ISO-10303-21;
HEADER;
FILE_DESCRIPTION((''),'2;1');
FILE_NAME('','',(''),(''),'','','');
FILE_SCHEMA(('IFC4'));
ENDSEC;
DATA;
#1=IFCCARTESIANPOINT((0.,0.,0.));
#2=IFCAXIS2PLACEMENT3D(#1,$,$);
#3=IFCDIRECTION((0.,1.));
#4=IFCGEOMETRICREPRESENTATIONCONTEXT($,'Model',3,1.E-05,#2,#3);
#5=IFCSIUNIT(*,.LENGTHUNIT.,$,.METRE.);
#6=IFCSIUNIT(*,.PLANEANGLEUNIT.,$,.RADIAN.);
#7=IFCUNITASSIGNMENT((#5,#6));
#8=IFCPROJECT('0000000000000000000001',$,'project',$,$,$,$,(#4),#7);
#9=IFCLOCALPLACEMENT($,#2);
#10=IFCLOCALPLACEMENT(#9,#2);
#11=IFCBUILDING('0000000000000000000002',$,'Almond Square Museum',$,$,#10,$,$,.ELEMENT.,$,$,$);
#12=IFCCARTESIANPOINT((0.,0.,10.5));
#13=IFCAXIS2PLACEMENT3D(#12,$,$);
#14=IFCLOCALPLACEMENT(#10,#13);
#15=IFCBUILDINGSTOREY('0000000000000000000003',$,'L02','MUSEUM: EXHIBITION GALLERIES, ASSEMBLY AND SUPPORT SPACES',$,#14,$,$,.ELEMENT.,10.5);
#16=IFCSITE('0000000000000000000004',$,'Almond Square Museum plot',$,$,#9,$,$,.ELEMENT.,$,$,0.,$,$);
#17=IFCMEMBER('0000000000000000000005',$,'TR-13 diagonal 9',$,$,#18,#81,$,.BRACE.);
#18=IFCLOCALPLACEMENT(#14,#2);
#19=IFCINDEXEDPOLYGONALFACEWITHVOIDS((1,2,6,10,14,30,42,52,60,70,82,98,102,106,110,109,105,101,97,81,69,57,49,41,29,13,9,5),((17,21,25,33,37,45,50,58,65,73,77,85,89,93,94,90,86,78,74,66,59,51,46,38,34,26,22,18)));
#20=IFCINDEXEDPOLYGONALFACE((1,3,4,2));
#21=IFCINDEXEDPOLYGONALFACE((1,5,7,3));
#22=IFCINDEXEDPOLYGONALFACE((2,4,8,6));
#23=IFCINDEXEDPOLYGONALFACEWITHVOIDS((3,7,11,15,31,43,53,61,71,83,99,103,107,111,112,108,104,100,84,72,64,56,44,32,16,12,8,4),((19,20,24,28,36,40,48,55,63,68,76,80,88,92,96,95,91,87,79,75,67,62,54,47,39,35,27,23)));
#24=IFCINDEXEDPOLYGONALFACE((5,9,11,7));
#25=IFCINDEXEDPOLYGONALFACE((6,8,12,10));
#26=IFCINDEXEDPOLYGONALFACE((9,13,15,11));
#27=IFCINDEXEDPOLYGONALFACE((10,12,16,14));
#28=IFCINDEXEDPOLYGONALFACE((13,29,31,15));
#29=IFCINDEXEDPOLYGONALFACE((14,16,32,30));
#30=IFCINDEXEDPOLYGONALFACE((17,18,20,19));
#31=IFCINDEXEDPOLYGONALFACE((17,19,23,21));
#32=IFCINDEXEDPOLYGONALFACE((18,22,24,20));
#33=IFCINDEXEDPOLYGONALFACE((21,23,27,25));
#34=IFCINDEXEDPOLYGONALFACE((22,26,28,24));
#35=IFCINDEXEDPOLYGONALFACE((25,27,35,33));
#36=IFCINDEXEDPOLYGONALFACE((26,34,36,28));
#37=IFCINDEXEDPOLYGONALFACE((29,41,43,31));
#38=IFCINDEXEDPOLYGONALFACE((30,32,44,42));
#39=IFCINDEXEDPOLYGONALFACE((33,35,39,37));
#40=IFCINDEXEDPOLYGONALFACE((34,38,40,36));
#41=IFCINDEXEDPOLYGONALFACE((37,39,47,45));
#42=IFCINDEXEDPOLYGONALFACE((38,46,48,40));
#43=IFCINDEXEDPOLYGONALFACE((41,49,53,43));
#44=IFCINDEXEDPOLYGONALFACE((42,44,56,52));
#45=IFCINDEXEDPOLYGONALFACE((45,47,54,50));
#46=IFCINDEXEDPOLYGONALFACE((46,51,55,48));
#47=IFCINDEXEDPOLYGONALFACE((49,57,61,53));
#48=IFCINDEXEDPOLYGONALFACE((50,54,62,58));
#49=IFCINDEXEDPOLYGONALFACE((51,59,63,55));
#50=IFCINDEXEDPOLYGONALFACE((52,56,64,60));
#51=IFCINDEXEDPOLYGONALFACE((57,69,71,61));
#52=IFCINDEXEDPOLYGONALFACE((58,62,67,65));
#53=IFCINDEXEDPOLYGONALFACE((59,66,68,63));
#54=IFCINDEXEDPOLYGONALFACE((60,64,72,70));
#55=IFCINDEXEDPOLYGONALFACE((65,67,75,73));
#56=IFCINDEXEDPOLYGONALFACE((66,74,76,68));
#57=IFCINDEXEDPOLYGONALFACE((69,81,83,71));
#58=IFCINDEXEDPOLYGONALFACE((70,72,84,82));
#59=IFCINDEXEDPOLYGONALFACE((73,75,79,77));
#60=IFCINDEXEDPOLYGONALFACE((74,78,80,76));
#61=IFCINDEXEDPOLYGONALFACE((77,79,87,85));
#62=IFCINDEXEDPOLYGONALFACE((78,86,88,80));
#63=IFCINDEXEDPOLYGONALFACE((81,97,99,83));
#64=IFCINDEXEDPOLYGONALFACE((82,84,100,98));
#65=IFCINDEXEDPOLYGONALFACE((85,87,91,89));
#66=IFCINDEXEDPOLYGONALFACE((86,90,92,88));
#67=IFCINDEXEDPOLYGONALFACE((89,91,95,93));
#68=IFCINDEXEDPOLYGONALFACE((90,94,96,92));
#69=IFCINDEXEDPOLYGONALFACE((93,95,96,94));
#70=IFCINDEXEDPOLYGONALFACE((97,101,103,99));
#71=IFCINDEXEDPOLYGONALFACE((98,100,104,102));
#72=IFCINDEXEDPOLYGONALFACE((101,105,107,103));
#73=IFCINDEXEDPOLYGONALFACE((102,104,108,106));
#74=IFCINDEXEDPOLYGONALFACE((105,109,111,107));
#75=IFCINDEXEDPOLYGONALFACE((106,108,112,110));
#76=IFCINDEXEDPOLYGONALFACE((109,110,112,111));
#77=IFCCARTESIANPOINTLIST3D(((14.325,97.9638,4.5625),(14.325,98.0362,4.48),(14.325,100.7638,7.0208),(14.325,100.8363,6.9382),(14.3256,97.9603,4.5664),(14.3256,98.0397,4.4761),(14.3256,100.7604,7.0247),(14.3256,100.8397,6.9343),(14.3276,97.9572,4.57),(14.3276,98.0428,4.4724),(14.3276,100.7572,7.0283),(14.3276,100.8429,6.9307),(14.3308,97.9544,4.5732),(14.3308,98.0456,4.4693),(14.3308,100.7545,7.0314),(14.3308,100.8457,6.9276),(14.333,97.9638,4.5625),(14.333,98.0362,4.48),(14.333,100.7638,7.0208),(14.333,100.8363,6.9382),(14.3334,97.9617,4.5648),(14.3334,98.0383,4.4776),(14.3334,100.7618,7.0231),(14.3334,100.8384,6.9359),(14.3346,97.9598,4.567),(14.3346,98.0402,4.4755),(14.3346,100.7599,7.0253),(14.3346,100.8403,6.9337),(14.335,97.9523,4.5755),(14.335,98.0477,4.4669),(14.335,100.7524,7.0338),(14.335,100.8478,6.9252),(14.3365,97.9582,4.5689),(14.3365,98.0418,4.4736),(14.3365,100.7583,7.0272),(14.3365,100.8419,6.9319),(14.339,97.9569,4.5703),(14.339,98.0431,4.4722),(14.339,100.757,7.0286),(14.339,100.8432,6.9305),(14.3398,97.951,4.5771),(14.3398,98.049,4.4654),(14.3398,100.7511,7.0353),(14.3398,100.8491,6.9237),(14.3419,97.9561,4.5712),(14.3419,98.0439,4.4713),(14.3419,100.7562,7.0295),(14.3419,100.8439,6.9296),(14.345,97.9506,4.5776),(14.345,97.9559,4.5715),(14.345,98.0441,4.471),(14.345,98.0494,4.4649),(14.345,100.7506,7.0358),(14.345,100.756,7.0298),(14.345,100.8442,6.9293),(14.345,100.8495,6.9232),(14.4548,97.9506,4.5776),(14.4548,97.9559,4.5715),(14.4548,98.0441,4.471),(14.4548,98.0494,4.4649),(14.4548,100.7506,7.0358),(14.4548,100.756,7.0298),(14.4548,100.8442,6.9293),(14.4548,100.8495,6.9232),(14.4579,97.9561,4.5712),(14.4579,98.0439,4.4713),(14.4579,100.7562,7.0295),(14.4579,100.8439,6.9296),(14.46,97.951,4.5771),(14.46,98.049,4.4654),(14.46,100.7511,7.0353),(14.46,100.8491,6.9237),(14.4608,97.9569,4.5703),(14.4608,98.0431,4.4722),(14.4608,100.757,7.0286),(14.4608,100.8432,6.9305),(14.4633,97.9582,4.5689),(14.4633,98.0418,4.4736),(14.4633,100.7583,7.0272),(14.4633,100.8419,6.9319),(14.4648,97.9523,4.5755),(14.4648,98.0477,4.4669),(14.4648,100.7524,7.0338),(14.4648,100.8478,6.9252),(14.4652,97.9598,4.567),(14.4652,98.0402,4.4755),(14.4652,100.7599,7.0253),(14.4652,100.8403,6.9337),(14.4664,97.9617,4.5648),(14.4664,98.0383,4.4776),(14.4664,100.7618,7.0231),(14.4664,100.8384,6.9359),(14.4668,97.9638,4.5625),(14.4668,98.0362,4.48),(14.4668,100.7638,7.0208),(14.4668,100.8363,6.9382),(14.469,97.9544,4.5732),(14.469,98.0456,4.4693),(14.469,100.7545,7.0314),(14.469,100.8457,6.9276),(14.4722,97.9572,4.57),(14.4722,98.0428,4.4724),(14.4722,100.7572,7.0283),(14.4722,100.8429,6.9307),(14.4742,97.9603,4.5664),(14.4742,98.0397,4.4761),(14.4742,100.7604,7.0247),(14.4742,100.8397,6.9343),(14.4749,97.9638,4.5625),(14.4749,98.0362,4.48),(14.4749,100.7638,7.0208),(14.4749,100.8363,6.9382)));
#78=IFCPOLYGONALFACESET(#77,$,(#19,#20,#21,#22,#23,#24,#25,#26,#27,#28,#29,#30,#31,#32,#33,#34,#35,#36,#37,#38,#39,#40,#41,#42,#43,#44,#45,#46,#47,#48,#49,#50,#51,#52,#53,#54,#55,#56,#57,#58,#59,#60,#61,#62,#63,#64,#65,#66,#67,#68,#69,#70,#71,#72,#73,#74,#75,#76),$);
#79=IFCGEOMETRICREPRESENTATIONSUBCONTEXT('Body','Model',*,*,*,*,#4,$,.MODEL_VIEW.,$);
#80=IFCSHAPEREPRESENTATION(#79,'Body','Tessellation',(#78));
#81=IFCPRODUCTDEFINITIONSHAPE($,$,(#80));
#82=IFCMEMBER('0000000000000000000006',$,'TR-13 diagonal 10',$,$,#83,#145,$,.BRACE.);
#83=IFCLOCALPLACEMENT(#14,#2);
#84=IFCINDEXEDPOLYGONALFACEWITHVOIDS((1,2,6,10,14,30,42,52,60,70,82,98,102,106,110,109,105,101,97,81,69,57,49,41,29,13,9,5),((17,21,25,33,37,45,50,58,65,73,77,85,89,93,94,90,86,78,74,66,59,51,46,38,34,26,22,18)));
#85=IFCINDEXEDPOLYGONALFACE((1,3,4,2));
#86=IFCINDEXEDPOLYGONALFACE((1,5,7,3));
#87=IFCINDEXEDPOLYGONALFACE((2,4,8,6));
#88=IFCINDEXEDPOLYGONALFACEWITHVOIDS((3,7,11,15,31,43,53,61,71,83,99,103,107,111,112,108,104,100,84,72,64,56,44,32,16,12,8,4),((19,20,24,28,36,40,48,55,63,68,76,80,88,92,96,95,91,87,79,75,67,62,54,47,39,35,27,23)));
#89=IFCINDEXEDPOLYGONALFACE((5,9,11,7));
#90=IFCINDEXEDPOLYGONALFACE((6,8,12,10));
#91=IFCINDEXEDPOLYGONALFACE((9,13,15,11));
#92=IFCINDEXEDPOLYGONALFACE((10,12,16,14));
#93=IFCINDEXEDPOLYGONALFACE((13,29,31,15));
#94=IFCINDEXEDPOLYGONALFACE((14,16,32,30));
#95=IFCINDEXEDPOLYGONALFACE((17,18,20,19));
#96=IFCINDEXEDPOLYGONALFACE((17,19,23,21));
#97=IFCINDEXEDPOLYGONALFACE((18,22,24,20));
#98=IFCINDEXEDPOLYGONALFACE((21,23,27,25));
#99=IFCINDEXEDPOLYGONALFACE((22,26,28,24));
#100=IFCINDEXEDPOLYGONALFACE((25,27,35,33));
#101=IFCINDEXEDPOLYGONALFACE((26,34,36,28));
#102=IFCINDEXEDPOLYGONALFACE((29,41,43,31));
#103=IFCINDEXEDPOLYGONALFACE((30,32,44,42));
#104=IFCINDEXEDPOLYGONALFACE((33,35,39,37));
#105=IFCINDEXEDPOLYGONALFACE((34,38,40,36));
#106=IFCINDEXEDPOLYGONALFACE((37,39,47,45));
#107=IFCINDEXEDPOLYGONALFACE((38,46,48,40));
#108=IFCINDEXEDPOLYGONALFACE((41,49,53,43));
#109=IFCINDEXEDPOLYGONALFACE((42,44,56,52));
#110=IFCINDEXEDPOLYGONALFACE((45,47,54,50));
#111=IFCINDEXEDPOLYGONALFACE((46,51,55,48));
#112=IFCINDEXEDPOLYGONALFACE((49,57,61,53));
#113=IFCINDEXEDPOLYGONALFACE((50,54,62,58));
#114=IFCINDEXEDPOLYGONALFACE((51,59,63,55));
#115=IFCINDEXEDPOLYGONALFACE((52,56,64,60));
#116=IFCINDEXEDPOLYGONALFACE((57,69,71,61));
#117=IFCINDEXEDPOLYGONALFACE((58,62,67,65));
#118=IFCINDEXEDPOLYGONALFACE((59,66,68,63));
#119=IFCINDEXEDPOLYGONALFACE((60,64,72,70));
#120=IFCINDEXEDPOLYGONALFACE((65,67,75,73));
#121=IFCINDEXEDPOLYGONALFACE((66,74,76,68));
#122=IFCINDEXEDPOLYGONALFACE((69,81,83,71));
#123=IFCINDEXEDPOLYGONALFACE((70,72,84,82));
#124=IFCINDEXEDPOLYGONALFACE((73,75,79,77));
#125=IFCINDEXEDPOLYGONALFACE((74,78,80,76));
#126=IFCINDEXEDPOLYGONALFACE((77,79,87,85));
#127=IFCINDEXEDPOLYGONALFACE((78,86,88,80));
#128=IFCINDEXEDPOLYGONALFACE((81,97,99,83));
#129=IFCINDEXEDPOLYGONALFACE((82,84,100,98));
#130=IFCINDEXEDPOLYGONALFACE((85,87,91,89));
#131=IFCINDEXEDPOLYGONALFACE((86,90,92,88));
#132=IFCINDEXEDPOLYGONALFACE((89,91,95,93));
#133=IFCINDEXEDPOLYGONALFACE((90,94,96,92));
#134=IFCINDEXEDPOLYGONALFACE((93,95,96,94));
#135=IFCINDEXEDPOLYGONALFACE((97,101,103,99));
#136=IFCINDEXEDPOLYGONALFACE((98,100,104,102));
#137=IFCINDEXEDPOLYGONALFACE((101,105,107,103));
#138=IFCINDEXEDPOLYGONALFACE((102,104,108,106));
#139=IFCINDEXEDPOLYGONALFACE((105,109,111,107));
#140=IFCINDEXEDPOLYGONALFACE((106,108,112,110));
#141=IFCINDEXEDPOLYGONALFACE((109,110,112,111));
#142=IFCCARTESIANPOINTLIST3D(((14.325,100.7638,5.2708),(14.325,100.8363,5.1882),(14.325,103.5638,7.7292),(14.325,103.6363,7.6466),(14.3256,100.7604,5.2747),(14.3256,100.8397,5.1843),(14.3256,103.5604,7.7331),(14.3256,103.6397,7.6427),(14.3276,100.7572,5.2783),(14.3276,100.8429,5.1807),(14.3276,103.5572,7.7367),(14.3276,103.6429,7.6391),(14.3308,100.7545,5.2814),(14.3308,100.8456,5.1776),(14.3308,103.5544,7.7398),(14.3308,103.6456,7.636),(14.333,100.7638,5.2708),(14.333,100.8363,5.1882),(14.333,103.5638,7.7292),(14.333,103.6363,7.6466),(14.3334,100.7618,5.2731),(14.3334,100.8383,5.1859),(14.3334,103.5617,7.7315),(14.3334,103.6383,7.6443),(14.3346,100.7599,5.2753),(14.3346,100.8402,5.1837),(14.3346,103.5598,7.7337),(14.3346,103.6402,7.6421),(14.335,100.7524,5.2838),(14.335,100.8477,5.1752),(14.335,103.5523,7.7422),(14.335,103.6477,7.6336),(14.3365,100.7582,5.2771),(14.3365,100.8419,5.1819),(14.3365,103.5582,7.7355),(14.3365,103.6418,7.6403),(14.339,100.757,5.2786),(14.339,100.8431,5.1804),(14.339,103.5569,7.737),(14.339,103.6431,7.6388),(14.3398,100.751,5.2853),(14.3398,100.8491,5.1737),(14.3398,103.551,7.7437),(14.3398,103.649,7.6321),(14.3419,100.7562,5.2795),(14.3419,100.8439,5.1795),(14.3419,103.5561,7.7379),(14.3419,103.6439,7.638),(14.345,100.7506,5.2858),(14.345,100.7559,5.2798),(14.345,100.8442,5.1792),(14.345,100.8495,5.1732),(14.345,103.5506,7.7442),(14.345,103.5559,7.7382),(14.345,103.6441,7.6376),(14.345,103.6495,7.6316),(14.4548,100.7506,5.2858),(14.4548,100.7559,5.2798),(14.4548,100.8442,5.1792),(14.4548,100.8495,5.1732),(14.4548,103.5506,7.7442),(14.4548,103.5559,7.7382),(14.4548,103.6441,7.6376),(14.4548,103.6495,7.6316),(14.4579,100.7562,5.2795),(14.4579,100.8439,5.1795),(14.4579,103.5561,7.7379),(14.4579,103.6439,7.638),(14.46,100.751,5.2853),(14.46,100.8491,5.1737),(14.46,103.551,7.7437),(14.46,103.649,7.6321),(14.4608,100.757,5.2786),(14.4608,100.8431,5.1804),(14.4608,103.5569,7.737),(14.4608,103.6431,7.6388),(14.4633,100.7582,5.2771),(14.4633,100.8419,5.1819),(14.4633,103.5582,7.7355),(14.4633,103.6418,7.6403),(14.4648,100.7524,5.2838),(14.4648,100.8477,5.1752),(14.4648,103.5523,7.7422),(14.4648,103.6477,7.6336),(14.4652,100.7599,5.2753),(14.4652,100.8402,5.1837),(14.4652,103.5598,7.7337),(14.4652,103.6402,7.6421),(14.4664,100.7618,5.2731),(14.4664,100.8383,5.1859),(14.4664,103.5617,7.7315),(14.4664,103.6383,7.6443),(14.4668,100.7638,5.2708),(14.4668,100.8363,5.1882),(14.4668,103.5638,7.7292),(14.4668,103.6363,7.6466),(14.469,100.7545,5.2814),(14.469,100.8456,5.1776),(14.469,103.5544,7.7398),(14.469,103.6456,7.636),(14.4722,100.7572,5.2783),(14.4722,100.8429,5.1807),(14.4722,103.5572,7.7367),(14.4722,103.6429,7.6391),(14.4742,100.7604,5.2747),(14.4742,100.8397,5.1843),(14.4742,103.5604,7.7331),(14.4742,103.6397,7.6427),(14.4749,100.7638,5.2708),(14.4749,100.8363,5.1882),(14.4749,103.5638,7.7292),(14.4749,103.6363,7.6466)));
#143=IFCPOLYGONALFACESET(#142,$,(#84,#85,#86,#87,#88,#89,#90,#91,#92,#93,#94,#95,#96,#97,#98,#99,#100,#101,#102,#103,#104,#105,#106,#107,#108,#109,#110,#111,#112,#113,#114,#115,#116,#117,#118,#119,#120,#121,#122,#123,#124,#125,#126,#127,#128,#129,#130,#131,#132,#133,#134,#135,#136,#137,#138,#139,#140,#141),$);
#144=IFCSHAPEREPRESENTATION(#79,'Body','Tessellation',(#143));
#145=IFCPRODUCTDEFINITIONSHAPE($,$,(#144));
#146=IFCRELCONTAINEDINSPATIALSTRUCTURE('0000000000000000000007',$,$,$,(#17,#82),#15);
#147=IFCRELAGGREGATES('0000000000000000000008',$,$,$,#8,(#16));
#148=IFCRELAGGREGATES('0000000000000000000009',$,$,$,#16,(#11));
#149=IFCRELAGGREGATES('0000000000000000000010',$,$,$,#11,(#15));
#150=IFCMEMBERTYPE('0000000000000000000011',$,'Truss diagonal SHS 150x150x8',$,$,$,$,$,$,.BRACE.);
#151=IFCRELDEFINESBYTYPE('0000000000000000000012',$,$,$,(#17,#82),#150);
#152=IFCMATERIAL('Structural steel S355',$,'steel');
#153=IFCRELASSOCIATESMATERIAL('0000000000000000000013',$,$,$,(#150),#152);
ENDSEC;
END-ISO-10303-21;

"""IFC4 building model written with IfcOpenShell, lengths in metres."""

from ifc_helpers import new_model, si_unit, direction, frame, origin, origin_2d, place, context, subcontext, project, spatial, hollow_rectangle, extrude, material, material_profile, profile_set, type_object, element, save


model = new_model("IFC4")

# Units and contexts
model_context = context("Model", 3, precision=1e-05, world=origin(), true_north=direction((0.0, 1.0)))
body_context = subcontext(model_context, "Body", "Model", "MODEL_VIEW")
ifc_project = project(units=[si_unit("LENGTHUNIT", "METRE"), si_unit("PLANEANGLEUNIT", "RADIAN")], contexts=[model_context])

# Site, building, storey
site_placement = place(None, origin())
site = spatial("IfcSite", under=ifc_project, at=site_placement, Name="Almond Square Museum plot", CompositionType="ELEMENT", RefElevation=0.0)
building_placement = place(site_placement, origin())
building = spatial("IfcBuilding", under=site, at=building_placement, Name="Almond Square Museum", CompositionType="ELEMENT")
storey_placement = place(building_placement, frame((0.0, 0.0, 10.5)))
storey = spatial("IfcBuildingStorey", under=building, at=storey_placement, Name="L02", Description="MUSEUM: EXHIBITION GALLERIES, ASSEMBLY AND SUPPORT SPACES", CompositionType="ELEMENT", Elevation=10.5)

# Members
ifc_material_1 = material(Name="Structural steel S355", Category="steel")
ifc_material_profile_1 = material_profile(ifc_material_1, hollow_rectangle(XDim=0.1499, YDim=0.1499, WallThickness=0.0081, InnerFilletRadius=0.012, OuterFilletRadius=0.02, at=origin_2d()))
ifc_profile_set_1 = profile_set([ifc_material_profile_1], Name="Structural steel S355")
member_type_1 = type_object("IfcMemberType", Name="Truss diagonal SHS 150x150x8", PredefinedType="BRACE", material=ifc_profile_set_1)
for number, where, z_axis, x_axis, name in (
    (1, (14.3999, 98.0, 4.5212), (0.0, 0.751484, 0.659752), (-1.0, 0.0, 0.0), "TR-13 diagonal 9"),
    (2, (14.3999, 100.8, 5.2295), (0.0, 0.751451, 0.659789), (-1.0, 0.0, 0.0), "TR-13 diagonal 10"),
):
    element("IfcMember", number, at=place(storey_placement, frame(where, z_axis=z_axis, x_axis=x_axis)), inside=storey, type_object=member_type_1, Name=name, PredefinedType="BRACE", context=body_context, shape_type="SweptSolid", body=[
        extrude(hollow_rectangle(XDim=0.1499, YDim=0.1499, WallThickness=0.0081, InnerFilletRadius=0.012, OuterFilletRadius=0.02, at=origin_2d()), origin(), (0.0, 0.0, 1.0), 3.7261),
    ])

save(model, "model.ifc")
